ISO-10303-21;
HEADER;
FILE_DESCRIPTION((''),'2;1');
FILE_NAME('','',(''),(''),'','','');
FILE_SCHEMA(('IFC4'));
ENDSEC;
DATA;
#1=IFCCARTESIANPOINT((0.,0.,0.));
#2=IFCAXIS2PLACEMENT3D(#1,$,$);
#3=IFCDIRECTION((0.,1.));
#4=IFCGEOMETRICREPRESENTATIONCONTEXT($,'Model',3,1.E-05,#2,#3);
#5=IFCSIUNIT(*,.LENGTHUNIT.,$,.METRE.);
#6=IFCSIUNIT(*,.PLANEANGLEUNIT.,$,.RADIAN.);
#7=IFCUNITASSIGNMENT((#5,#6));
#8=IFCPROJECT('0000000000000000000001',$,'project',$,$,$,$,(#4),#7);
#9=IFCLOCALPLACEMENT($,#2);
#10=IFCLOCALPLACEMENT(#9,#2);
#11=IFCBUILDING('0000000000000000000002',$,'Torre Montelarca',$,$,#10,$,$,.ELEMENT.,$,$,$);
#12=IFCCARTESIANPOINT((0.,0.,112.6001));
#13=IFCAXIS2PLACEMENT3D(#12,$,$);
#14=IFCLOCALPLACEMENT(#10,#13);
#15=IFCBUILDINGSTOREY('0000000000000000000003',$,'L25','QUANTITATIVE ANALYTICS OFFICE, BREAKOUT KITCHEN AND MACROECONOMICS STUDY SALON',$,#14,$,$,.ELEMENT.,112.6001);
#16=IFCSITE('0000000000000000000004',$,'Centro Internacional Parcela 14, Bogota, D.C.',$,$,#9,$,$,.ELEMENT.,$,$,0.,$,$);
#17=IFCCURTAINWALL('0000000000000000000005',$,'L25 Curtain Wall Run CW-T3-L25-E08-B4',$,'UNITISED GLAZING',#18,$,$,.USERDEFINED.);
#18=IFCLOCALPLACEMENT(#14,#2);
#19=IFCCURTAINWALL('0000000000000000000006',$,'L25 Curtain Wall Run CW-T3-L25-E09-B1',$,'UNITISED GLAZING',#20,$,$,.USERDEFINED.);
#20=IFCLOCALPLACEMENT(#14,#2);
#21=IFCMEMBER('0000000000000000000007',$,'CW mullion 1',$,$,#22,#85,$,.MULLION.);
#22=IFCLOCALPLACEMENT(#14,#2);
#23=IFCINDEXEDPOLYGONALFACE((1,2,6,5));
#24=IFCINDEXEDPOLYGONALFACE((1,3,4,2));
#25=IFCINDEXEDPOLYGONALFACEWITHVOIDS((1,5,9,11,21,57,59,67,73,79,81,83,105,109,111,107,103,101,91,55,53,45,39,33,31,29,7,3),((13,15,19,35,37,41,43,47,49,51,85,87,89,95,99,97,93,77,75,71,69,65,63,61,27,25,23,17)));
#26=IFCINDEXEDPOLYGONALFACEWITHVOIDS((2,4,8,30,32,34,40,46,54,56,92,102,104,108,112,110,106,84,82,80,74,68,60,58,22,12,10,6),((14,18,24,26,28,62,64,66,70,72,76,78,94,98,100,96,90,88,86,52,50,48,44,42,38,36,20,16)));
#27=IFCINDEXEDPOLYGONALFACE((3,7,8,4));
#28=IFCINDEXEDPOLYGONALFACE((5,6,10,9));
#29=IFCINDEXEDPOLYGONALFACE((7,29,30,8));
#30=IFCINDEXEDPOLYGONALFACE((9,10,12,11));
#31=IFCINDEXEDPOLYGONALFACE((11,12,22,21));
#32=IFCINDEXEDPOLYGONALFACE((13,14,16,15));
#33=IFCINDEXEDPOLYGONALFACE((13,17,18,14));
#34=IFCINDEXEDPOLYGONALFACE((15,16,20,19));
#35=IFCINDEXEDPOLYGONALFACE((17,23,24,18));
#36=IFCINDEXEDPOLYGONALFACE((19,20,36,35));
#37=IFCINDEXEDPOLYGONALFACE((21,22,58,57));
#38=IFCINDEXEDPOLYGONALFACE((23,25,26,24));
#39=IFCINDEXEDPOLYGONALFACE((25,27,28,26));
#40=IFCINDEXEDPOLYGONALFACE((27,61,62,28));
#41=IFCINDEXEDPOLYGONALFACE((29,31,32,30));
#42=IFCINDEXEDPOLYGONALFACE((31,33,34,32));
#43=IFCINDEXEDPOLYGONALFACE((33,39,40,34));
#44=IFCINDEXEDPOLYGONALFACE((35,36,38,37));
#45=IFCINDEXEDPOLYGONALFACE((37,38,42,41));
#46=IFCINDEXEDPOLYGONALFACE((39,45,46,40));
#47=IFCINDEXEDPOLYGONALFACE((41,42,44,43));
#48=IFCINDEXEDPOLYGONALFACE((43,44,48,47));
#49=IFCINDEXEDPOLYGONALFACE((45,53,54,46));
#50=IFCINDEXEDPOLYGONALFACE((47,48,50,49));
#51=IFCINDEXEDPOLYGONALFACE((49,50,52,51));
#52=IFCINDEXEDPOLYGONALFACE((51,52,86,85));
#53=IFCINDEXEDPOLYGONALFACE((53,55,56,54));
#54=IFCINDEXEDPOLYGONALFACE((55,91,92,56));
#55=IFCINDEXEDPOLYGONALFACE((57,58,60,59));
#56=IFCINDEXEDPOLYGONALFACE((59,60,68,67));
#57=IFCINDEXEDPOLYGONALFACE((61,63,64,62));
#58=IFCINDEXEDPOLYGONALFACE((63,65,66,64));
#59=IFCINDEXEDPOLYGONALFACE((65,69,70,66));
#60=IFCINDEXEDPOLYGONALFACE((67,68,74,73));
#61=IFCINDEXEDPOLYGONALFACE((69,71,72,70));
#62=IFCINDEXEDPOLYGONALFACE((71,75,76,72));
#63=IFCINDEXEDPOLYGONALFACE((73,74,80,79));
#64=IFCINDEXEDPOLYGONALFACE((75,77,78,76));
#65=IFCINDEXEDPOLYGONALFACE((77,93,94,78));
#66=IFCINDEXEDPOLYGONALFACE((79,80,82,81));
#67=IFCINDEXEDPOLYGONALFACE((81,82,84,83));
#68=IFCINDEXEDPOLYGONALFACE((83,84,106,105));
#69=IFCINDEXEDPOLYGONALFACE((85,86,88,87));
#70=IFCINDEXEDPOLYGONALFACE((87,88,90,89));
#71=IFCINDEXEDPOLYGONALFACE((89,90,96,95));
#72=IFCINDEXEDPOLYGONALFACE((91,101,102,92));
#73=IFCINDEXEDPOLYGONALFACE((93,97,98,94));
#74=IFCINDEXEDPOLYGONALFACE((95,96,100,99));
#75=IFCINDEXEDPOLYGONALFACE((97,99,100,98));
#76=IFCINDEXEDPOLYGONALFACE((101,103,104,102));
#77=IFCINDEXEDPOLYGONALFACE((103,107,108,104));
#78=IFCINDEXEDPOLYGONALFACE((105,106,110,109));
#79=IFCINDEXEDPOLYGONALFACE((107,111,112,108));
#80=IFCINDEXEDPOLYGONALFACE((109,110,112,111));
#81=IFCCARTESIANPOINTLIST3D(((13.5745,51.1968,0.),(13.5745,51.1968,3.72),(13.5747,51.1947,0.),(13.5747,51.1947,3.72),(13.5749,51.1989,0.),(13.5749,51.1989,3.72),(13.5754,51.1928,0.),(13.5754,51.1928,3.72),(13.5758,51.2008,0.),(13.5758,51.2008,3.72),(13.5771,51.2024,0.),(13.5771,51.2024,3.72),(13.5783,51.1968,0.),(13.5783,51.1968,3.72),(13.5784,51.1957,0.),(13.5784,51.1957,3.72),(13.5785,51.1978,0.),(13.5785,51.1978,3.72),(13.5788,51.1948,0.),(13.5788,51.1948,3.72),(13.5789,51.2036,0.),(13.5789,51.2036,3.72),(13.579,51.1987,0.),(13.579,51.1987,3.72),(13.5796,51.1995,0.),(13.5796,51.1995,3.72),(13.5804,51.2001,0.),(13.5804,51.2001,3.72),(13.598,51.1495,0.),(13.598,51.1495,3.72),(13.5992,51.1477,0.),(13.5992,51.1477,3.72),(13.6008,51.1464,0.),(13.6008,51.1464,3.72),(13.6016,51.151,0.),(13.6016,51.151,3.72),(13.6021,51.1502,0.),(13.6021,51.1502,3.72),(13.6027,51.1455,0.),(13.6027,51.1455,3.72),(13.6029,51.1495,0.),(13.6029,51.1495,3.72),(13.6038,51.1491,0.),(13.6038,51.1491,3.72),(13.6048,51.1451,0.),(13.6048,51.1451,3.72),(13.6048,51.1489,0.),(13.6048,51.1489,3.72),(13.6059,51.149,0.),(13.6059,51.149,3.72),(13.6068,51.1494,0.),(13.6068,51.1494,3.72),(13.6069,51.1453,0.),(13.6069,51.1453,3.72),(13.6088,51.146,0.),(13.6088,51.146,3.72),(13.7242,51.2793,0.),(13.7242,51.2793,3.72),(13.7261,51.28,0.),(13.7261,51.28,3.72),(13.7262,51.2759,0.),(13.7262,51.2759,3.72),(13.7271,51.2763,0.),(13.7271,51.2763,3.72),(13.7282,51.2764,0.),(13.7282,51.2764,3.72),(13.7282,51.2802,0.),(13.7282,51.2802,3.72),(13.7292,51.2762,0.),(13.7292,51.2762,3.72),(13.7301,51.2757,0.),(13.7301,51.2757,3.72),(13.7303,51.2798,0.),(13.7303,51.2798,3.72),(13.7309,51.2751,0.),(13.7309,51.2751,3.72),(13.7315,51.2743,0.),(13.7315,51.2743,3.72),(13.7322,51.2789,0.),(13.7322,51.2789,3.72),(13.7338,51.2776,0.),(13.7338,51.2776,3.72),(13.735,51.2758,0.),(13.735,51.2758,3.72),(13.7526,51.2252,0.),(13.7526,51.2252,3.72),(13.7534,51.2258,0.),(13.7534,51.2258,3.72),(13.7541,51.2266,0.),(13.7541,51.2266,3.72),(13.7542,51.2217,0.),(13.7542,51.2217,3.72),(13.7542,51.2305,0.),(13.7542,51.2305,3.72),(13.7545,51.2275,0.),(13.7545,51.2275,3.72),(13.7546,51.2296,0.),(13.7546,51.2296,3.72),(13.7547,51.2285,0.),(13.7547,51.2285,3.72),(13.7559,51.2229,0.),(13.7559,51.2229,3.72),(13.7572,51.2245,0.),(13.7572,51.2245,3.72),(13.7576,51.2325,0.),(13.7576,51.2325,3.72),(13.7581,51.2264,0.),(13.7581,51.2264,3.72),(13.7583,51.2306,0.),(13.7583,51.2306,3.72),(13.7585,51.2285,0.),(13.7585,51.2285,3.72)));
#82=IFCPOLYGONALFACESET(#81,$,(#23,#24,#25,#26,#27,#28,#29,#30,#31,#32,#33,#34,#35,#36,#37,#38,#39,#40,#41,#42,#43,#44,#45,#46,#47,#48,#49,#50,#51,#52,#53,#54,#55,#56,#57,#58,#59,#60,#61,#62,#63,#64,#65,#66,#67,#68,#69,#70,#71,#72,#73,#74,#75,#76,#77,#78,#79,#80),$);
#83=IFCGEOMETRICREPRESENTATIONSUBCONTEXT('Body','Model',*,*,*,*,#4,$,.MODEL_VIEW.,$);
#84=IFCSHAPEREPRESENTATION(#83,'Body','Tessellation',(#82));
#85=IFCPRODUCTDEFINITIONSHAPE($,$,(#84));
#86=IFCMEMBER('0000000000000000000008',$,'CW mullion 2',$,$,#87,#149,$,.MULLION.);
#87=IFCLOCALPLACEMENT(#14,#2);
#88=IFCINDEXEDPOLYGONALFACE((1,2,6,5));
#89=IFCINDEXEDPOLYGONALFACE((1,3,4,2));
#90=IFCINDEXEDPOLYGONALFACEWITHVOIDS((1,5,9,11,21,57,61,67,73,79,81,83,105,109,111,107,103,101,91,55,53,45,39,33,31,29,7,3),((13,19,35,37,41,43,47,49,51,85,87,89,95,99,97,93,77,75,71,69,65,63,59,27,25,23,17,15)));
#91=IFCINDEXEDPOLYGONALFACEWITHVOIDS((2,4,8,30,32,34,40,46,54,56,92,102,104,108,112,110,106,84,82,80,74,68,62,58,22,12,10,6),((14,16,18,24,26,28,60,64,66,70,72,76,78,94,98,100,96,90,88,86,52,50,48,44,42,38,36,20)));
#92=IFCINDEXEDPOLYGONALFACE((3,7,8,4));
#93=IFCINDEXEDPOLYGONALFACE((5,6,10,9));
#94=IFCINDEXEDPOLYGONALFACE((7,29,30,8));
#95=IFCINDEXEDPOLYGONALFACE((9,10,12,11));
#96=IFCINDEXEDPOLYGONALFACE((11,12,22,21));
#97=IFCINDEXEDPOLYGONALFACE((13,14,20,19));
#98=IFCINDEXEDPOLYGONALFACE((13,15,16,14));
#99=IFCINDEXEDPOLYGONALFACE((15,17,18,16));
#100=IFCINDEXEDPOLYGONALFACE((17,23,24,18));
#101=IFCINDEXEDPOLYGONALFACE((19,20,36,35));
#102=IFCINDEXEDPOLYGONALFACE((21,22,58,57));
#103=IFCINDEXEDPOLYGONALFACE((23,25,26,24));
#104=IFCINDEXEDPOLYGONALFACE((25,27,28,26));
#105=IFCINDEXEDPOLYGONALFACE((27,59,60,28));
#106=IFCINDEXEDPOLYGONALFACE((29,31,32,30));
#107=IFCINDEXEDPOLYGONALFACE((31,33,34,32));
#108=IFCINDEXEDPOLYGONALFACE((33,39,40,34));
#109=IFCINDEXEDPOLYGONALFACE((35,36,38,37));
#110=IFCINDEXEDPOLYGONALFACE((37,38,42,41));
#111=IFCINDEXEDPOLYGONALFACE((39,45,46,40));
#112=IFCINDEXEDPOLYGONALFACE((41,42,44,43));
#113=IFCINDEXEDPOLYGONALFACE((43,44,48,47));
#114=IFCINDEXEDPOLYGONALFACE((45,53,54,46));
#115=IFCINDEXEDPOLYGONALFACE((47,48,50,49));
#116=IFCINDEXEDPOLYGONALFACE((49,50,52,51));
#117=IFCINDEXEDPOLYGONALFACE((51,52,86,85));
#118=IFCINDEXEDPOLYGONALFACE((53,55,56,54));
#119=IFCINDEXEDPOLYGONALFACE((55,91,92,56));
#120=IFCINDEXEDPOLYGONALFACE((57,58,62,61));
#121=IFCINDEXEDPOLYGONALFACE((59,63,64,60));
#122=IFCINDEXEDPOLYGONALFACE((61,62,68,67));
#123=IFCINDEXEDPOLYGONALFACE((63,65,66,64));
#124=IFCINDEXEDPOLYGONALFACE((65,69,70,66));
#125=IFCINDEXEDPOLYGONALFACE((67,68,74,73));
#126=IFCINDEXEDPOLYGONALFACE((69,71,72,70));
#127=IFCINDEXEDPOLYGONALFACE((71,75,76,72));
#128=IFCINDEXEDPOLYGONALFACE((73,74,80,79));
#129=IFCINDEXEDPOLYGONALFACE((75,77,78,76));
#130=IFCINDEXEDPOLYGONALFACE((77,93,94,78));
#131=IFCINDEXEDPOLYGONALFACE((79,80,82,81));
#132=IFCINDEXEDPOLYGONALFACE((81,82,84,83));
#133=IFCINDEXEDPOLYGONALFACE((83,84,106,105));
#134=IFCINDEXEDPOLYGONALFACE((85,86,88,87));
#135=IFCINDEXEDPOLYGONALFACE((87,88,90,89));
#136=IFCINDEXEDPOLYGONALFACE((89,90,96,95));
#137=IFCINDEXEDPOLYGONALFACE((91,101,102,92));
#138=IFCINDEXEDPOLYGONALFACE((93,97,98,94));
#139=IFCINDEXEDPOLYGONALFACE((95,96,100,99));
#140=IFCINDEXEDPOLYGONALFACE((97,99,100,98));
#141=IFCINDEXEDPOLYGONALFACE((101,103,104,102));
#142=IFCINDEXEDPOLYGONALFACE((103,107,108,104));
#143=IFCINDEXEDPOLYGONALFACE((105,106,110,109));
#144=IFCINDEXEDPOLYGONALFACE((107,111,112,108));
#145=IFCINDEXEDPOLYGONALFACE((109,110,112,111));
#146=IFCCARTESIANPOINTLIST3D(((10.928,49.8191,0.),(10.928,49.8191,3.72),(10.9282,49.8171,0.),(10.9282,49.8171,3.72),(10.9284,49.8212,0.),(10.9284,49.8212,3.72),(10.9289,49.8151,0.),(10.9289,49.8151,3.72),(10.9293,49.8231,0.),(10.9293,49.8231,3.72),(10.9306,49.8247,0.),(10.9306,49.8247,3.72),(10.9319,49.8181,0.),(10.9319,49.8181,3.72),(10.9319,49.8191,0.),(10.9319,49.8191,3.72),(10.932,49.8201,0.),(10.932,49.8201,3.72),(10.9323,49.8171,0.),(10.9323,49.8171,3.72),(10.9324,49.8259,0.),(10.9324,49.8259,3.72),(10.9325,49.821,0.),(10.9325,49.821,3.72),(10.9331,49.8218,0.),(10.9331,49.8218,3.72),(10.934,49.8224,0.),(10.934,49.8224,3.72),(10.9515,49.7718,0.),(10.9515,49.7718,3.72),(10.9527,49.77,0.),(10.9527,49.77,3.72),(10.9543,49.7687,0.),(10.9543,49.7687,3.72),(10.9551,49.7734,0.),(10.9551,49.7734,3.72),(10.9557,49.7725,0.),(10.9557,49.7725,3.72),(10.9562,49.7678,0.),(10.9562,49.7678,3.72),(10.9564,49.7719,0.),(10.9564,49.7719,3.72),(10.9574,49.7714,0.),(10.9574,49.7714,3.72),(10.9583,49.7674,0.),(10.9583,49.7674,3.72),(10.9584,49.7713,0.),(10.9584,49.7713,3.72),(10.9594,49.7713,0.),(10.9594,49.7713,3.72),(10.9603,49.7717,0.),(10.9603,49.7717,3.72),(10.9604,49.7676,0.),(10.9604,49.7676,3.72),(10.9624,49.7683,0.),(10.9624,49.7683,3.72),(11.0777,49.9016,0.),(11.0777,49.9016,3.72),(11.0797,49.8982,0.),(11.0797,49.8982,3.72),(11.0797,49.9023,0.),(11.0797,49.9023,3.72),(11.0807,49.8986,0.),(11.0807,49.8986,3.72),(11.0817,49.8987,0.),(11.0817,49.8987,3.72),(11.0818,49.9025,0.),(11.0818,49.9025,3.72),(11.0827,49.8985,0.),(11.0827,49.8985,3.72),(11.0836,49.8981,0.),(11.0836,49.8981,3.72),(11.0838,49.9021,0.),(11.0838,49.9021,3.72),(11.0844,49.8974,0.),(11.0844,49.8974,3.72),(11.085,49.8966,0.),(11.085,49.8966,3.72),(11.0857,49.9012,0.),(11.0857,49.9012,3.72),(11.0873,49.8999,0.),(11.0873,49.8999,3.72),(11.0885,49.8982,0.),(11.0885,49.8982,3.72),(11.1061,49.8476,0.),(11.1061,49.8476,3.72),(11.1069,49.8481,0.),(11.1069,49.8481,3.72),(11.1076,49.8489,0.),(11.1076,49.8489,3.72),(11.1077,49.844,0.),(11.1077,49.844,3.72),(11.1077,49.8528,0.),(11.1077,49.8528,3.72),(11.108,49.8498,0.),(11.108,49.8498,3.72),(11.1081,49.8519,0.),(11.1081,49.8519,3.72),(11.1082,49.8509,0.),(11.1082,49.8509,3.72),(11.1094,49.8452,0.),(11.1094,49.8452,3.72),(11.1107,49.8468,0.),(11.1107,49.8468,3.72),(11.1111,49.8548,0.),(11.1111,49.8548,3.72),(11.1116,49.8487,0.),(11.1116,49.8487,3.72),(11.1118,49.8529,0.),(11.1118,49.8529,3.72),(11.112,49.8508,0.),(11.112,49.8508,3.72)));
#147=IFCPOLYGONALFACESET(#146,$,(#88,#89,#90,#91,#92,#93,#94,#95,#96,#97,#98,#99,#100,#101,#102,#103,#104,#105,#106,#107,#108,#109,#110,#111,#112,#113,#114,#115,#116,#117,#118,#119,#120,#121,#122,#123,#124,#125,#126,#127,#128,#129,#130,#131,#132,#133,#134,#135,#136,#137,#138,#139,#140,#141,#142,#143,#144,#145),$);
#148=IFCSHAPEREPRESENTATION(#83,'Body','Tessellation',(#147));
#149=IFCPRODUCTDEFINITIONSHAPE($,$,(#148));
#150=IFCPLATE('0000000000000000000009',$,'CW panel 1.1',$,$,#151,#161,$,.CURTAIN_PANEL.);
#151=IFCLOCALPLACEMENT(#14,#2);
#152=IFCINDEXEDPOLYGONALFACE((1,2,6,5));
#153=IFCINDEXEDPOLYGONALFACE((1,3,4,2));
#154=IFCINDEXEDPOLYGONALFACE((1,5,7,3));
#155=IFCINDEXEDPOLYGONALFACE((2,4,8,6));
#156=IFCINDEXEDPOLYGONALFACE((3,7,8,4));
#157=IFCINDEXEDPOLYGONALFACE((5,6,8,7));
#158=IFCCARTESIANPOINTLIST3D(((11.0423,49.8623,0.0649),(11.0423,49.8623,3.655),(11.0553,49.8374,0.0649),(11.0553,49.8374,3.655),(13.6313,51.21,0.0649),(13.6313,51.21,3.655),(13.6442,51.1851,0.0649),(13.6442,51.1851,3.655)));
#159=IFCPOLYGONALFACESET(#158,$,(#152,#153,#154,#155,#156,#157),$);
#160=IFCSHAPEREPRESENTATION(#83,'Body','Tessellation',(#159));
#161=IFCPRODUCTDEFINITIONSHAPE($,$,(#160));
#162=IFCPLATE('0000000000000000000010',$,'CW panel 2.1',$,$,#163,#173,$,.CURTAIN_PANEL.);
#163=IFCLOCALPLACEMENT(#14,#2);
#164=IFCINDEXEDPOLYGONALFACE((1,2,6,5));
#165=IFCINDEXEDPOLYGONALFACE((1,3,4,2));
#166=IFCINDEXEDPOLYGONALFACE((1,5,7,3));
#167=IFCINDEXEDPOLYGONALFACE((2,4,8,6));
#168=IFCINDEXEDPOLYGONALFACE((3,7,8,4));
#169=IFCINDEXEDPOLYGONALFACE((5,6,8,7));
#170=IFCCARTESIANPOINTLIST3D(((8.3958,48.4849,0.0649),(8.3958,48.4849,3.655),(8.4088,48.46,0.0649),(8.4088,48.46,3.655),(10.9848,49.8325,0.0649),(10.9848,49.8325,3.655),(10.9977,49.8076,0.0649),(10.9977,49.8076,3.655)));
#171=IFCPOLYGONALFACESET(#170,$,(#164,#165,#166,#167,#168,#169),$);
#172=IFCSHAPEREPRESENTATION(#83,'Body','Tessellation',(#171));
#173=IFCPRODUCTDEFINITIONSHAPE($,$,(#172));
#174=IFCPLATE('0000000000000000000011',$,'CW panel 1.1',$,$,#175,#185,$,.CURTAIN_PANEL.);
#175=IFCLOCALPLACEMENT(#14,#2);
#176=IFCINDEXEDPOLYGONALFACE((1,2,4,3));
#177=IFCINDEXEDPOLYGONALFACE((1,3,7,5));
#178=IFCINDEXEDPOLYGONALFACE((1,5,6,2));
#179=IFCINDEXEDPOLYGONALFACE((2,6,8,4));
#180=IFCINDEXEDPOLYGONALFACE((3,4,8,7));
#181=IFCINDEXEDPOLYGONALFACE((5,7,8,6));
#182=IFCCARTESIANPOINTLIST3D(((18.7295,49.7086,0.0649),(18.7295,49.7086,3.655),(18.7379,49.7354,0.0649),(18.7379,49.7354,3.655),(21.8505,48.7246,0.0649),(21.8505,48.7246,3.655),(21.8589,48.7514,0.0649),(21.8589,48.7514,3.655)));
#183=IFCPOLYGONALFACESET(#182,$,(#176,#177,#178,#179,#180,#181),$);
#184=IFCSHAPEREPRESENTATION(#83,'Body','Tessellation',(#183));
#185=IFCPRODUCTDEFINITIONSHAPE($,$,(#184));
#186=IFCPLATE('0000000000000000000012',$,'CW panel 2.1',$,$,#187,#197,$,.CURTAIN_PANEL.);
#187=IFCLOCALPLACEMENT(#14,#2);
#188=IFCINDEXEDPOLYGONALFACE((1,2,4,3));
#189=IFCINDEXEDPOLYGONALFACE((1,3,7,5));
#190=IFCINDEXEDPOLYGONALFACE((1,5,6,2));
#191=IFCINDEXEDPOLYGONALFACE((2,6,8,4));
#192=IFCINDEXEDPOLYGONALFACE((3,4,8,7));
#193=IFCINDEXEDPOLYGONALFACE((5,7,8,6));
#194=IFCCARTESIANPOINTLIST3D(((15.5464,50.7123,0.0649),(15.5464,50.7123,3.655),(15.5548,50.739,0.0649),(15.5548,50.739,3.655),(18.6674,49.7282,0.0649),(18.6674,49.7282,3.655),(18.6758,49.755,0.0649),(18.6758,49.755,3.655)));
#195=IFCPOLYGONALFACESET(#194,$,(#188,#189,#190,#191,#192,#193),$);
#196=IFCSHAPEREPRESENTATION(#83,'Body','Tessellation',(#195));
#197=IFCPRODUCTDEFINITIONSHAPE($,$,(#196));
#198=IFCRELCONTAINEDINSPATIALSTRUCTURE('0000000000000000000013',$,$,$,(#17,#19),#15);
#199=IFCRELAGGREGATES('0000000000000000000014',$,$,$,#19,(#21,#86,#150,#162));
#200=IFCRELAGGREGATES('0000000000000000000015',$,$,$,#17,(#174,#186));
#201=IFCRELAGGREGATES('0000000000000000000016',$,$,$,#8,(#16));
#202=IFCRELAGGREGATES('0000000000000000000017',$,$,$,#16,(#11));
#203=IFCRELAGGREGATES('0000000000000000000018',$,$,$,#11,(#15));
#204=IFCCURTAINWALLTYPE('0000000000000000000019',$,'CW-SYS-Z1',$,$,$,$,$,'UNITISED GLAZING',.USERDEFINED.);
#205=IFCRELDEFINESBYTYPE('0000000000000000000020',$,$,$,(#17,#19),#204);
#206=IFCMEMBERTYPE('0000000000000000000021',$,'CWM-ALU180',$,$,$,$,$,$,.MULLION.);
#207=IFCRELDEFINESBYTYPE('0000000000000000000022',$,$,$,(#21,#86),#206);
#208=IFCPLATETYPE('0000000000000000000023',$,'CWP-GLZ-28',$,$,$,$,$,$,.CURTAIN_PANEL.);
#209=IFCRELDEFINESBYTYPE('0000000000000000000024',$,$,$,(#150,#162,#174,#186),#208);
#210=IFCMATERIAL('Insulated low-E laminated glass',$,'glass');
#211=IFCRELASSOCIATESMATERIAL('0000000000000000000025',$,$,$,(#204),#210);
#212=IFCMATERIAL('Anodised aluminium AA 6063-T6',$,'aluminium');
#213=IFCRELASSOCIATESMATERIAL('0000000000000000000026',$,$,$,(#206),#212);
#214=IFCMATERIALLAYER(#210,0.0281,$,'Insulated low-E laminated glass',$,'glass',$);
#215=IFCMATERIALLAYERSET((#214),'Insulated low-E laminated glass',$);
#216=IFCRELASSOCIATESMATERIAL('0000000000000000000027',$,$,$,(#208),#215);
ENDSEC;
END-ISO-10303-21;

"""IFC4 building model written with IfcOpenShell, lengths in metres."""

from ifc_helpers import new_model, si_unit, direction, frame, origin, origin_2d, place, context, subcontext, project, spatial, rectangle, hollow_rectangle, extrude, source, transform, mapped, material, layer, layer_set, material_profile, profile_set, type_object, element, aggregate, save


model = new_model("IFC4")

# Units and contexts
model_context = context("Model", 3, precision=1e-05, world=origin(), true_north=direction((0.0, 1.0)))
body_context = subcontext(model_context, "Body", "Model", "MODEL_VIEW")
ifc_project = project(units=[si_unit("LENGTHUNIT", "METRE"), si_unit("PLANEANGLEUNIT", "RADIAN")], contexts=[model_context])

# Site, building, storey
site_placement = place(None, origin())
site = spatial("IfcSite", under=ifc_project, at=site_placement, Name="Centro Internacional Parcela 14, Bogota, D.C.", CompositionType="ELEMENT", RefElevation=0.0)
building_placement = place(site_placement, origin())
building = spatial("IfcBuilding", under=site, at=building_placement, Name="Torre Montelarca", CompositionType="ELEMENT")
storey_placement = place(building_placement, frame((0.0, 0.0, 112.6001)))
storey = spatial("IfcBuildingStorey", under=building, at=storey_placement, Name="L25", Description="QUANTITATIVE ANALYTICS OFFICE, BREAKOUT KITCHEN AND MACROECONOMICS STUDY SALON", CompositionType="ELEMENT", Elevation=112.6001)

# Curtain walls
ifc_material_1 = material(Name="Insulated low-E laminated glass", Category="glass")
curtain_wall_type = type_object("IfcCurtainWallType", Name="CW-SYS-Z1", ElementType="UNITISED GLAZING", PredefinedType="USERDEFINED", material=ifc_material_1)
curtain_wall_1_placement = place(storey_placement, origin())
curtain_wall_1 = element("IfcCurtainWall", 1, at=curtain_wall_1_placement, inside=storey, type_object=curtain_wall_type, Name="L25 Curtain Wall Run CW-T3-L25-E08-B4", ObjectType="UNITISED GLAZING", PredefinedType="USERDEFINED")
ifc_material_2 = material(Name="Anodised aluminium AA 6063-T6", Category="aluminium")
curtain_wall_2_placement = place(storey_placement, origin())
curtain_wall_2 = element("IfcCurtainWall", 2, at=curtain_wall_2_placement, inside=storey, type_object=curtain_wall_type, Name="L25 Curtain Wall Run CW-T3-L25-E09-B1", ObjectType="UNITISED GLAZING", PredefinedType="USERDEFINED")

# Members
ifc_material_profile_1 = material_profile(ifc_material_2, hollow_rectangle(XDim=0.0649, YDim=0.1799, WallThickness=0.0039, InnerFilletRadius=0.0039, OuterFilletRadius=0.0081, at=origin_2d()), Name="ALU65X180X4", Category="aluminium")
ifc_profile_set_1 = profile_set([ifc_material_profile_1], Name="Anodised aluminium AA 6063-T6")
member_type_1 = type_object("IfcMemberType", Name="CWM-ALU180", PredefinedType="MULLION", material=ifc_profile_set_1)
shared_shape_1 = source(origin(), body_context, "Body", "SweptSolid", [
    extrude(hollow_rectangle(XDim=0.0649, YDim=0.1799, WallThickness=0.0039, InnerFilletRadius=0.0039, OuterFilletRadius=0.0081, at=origin_2d()), origin(), (0.0, 0.0, 1.0), 3.72),
])
member_1_placement = place(storey_placement, frame((13.6665, 51.2126, 0.0), z_axis=(0.0, 0.0, 1.0), x_axis=(0.461729, -0.887021, 0.0)))
member_1 = element("IfcMember", 3, at=member_1_placement, type_object=member_type_1, Name="CW mullion 1", PredefinedType="MULLION", context=body_context, shape_type="MappedRepresentation", body=[
    mapped(shared_shape_1, transform((0.0, 0.0, 0.0), scale=1.0)),
])
member_2_placement = place(storey_placement, frame((11.02, 49.835, 0.0), z_axis=(0.0, 0.0, 1.0), x_axis=(0.461729, -0.887021, 0.0)))
member_2 = element("IfcMember", 4, at=member_2_placement, type_object=member_type_1, Name="CW mullion 2", PredefinedType="MULLION", context=body_context, shape_type="MappedRepresentation", body=[
    mapped(shared_shape_1, transform((0.0, 0.0, 0.0), scale=1.0)),
])

# Plates
ifc_layer_1 = layer(ifc_material_1, 0.0281, Name="Insulated low-E laminated glass", Category="glass")
ifc_layer_set_1 = layer_set([ifc_layer_1], Name="Insulated low-E laminated glass")
plate_type = type_object("IfcPlateType", Name="CWP-GLZ-28", PredefinedType="CURTAIN_PANEL", material=ifc_layer_set_1)
shared_shape_2 = source(origin(), body_context, "Body", "SweptSolid", [
    extrude(rectangle(XDim=2.9187, YDim=0.0281, at=origin_2d()), origin(), (0.0, 0.0, 1.0), 3.5901),
])
plate_1_placement = place(storey_placement, frame((12.3433, 50.5237, 0.0649), z_axis=(0.0, 0.0, 1.0), x_axis=(-0.887021, -0.461729, 0.0)))
plate_1 = element("IfcPlate", 5, at=plate_1_placement, type_object=plate_type, Name="CW panel 1.1", PredefinedType="CURTAIN_PANEL", context=body_context, shape_type="MappedRepresentation", body=[
    mapped(shared_shape_2, transform((0.0, 0.0, 0.0), scale=1.0)),
])
plate_2_placement = place(storey_placement, frame((9.6968, 49.1462, 0.0649), z_axis=(0.0, 0.0, 1.0), x_axis=(-0.887021, -0.461729, 0.0)))
plate_2 = element("IfcPlate", 6, at=plate_2_placement, type_object=plate_type, Name="CW panel 2.1", PredefinedType="CURTAIN_PANEL", context=body_context, shape_type="MappedRepresentation", body=[
    mapped(shared_shape_2, transform((0.0, 0.0, 0.0), scale=1.0)),
])
aggregate(curtain_wall_2, [member_1, member_2, plate_1, plate_2])
shared_shape_3 = source(origin(), body_context, "Body", "SweptSolid", [
    extrude(rectangle(XDim=3.2725, YDim=0.0281, at=origin_2d()), origin(), (0.0, 0.0, 1.0), 3.5901),
])
plate_3_placement = place(storey_placement, frame((20.2942, 49.23, 0.0649), z_axis=(0.0, 0.0, 1.0), x_axis=(-0.95372, 0.300696, 0.0)))
plate_3 = element("IfcPlate", 7, at=plate_3_placement, type_object=plate_type, Name="CW panel 1.1", PredefinedType="CURTAIN_PANEL", context=body_context, shape_type="MappedRepresentation", body=[
    mapped(shared_shape_3, transform((0.0, 0.0, 0.0), scale=1.0)),
])
plate_4_placement = place(storey_placement, frame((17.1111, 50.2336, 0.0649), z_axis=(0.0, 0.0, 1.0), x_axis=(-0.95372, 0.300696, 0.0)))
plate_4 = element("IfcPlate", 8, at=plate_4_placement, type_object=plate_type, Name="CW panel 2.1", PredefinedType="CURTAIN_PANEL", context=body_context, shape_type="MappedRepresentation", body=[
    mapped(shared_shape_3, transform((0.0, 0.0, 0.0), scale=1.0)),
])
aggregate(curtain_wall_1, [plate_3, plate_4])

save(model, "model.ifc")
